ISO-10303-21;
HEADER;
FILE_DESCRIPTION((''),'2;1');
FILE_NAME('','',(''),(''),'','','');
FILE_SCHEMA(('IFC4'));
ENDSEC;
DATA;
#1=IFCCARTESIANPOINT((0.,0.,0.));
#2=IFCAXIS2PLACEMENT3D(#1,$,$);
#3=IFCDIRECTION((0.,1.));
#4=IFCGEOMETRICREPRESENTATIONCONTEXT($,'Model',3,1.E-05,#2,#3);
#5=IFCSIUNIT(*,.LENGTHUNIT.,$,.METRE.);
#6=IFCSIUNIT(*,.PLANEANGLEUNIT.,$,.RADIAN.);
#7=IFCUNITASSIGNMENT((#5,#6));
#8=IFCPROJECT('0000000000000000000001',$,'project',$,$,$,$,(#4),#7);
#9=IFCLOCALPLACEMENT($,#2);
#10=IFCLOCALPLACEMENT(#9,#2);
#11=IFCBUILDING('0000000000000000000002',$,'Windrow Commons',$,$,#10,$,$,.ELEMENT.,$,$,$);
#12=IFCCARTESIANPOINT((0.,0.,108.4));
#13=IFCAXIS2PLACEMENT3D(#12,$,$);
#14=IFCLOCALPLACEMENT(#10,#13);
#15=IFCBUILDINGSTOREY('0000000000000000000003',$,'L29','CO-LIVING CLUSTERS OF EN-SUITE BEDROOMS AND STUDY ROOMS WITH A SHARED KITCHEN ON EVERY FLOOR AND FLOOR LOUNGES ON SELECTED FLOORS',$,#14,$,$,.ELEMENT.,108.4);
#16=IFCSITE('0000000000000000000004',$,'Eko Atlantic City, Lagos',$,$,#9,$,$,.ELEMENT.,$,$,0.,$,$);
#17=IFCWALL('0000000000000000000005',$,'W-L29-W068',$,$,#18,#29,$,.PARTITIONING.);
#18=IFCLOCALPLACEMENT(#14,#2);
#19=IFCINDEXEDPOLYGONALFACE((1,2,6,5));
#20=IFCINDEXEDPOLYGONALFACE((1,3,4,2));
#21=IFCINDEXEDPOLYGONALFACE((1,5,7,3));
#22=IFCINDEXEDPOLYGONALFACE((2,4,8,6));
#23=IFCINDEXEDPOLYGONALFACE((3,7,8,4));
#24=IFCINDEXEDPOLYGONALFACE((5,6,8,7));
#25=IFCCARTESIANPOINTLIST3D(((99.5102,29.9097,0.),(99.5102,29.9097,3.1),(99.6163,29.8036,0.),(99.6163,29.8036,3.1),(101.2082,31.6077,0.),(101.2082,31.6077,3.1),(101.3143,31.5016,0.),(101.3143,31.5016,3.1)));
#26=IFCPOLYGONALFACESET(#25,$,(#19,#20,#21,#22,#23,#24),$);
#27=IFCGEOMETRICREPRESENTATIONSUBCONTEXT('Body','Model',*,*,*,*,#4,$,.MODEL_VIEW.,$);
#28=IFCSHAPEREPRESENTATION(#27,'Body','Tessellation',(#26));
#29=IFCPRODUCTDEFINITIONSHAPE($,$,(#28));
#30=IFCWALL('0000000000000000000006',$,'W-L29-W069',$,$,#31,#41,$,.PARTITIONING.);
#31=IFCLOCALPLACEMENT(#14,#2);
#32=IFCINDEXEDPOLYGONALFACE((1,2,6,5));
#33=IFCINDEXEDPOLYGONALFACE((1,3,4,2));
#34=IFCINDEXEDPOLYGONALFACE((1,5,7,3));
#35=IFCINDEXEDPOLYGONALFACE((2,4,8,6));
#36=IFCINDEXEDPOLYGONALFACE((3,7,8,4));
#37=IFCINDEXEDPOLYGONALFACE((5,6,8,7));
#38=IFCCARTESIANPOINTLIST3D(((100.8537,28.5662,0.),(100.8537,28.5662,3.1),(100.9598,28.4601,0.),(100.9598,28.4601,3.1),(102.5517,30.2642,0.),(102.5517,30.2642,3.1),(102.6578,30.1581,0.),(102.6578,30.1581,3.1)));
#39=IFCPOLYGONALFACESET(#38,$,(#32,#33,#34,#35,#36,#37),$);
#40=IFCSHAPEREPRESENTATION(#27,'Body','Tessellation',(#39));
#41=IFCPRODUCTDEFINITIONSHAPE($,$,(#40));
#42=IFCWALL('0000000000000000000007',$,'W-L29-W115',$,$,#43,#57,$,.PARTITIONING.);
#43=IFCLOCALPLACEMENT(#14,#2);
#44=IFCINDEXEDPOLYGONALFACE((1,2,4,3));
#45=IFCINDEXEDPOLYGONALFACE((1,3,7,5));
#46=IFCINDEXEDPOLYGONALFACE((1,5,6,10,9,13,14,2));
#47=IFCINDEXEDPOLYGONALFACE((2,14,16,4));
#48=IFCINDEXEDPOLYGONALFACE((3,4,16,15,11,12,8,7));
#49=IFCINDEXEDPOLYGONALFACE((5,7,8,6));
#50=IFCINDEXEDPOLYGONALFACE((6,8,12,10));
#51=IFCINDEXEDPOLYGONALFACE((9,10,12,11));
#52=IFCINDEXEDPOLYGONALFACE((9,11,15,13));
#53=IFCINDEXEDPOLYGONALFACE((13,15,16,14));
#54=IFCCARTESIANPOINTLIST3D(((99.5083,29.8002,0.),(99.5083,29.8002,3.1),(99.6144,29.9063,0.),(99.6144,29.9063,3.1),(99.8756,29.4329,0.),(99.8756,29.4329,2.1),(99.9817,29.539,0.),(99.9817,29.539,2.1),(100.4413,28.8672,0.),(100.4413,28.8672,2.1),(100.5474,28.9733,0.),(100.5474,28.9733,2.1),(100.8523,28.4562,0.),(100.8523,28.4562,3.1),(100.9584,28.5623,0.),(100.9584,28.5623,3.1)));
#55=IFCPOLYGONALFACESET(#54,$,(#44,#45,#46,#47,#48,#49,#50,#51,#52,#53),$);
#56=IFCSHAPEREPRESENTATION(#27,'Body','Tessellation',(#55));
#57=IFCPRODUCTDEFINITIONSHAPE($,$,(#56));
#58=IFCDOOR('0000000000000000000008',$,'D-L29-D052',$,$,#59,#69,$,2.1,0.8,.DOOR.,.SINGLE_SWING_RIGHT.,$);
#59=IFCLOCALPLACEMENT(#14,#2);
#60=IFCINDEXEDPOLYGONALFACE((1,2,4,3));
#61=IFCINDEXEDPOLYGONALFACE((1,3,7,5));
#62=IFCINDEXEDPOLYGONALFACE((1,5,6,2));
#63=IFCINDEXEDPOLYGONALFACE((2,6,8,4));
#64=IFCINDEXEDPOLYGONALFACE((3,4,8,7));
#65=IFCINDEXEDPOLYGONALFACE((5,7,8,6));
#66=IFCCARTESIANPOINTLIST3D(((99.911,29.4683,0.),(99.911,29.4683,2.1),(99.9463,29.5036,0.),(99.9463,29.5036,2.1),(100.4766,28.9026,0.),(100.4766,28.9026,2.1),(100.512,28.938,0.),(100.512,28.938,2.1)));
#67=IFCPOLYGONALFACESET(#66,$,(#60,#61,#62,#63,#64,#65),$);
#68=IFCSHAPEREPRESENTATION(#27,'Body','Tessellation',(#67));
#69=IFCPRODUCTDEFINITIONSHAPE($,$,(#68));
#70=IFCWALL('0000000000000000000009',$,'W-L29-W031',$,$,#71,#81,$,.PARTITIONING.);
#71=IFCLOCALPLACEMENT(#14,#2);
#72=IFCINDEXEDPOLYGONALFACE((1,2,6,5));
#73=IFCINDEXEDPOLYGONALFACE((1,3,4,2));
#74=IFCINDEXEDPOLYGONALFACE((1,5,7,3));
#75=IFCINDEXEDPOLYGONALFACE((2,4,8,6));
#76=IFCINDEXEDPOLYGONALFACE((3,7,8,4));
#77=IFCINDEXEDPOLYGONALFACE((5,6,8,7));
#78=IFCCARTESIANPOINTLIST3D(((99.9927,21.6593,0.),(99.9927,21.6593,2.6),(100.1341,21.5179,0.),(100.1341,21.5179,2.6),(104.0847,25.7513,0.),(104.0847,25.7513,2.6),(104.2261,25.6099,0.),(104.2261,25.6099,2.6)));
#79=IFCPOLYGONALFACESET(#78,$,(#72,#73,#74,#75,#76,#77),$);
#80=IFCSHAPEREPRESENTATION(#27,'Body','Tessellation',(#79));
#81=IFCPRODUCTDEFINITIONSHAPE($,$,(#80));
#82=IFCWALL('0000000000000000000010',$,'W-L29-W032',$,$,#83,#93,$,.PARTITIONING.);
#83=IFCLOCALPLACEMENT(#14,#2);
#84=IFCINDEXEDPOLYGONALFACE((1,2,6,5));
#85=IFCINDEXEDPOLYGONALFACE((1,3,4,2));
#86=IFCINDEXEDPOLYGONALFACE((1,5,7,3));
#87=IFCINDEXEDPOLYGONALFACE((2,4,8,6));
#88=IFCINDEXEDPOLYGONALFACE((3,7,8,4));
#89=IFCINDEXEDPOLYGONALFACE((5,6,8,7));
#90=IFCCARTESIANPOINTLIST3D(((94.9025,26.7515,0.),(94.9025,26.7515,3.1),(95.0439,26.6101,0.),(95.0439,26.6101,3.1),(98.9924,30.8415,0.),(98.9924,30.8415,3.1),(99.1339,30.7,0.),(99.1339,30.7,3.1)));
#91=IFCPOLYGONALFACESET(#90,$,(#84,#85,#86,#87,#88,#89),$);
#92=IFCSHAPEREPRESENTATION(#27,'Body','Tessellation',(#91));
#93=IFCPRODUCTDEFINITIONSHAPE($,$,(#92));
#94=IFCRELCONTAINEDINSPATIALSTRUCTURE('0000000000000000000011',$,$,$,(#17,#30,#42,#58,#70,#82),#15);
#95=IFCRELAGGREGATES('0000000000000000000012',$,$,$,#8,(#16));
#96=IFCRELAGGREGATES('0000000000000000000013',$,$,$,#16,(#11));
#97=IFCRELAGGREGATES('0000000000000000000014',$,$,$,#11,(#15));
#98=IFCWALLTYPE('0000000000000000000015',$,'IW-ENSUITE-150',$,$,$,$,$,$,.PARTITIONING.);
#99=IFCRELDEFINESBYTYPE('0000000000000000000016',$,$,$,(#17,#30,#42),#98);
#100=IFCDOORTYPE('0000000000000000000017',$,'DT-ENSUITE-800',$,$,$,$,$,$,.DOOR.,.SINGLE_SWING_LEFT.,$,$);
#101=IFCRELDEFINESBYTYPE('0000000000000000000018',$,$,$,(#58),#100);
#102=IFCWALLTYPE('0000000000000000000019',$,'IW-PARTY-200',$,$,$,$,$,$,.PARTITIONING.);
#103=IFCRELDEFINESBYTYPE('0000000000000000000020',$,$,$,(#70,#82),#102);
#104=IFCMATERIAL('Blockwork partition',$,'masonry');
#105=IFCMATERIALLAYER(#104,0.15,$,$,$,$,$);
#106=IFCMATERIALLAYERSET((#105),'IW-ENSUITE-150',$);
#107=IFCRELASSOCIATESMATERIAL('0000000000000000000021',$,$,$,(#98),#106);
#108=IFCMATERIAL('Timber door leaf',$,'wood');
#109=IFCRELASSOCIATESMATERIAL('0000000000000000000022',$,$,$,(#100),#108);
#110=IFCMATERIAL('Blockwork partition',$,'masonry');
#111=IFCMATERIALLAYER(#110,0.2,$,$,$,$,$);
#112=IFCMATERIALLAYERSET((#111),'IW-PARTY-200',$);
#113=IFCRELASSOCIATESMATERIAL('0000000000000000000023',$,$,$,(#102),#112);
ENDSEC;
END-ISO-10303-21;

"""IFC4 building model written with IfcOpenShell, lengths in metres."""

from ifc_helpers import new_model, si_unit, direction, frame, frame_2d, origin, place, context, subcontext, project, spatial, rectangle, extrude, material, layer, layer_set, type_object, element, fill, save


model = new_model("IFC4")

# Units and contexts
model_context = context("Model", 3, precision=1e-05, world=origin(), true_north=direction((0.0, 1.0)))
body_context = subcontext(model_context, "Body", "Model", "MODEL_VIEW")
ifc_project = project(units=[si_unit("LENGTHUNIT", "METRE"), si_unit("PLANEANGLEUNIT", "RADIAN")], contexts=[model_context])

# Site, building, storey
site_placement = place(None, origin())
site = spatial("IfcSite", under=ifc_project, at=site_placement, Name="Eko Atlantic City, Lagos", CompositionType="ELEMENT", RefElevation=0.0)
building_placement = place(site_placement, origin())
building = spatial("IfcBuilding", under=site, at=building_placement, Name="Windrow Commons", CompositionType="ELEMENT")
storey_placement = place(building_placement, frame((0.0, 0.0, 108.4)))
storey = spatial("IfcBuildingStorey", under=building, at=storey_placement, Name="L29", Description="CO-LIVING CLUSTERS OF EN-SUITE BEDROOMS AND STUDY ROOMS WITH A SHARED KITCHEN ON EVERY FLOOR AND FLOOR LOUNGES ON SELECTED FLOORS", CompositionType="ELEMENT", Elevation=108.4)

# Walls
ifc_material_1 = material(Name="Blockwork partition", Category="masonry")
ifc_layer_1 = layer(ifc_material_1, 0.15)
ifc_layer_set_1 = layer_set([ifc_layer_1], Name="IW-ENSUITE-150")
wall_type_1 = type_object("IfcWallType", Name="IW-ENSUITE-150", PredefinedType="PARTITIONING", material=ifc_layer_set_1)
for number, where, z_axis, x_axis, name in (
    (1, (99.5633, 29.8567, 0.0), (0.0, 0.0, 1.0), (0.707107, 0.707107, 0.0), "W-L29-W068"),
    (2, (100.9068, 28.5132, 0.0), (0.0, 0.0, 1.0), (0.707107, 0.707107, 0.0), "W-L29-W069"),
):
    element("IfcWall", number, at=place(storey_placement, frame(where, z_axis=z_axis, x_axis=x_axis)), inside=storey, type_object=wall_type_1, Name=name, PredefinedType="PARTITIONING", context=body_context, shape_type="SweptSolid", body=[
        extrude(rectangle(XDim=2.4013, YDim=0.15, at=frame_2d((1.2006, 0.0))), origin(), (0.0, 0.0, 1.0), 3.1),
    ])

# Wall, opening, door
wall_1_placement = place(storey_placement, frame((99.5613, 29.8533, 0.0), z_axis=(0.0, 0.0, 1.0), x_axis=(0.707107, -0.707107, 0.0)))
wall_1 = element("IfcWall", 3, at=wall_1_placement, inside=storey, type_object=wall_type_1, Name="W-L29-W115", PredefinedType="PARTITIONING", context=body_context, shape_type="SweptSolid", body=[
    extrude(rectangle(XDim=1.9007, YDim=0.15, at=frame_2d((0.9504, 0.0))), origin(), (0.0, 0.0, 1.0), 3.1),
])
opening_1_placement = place(wall_1_placement, frame((0.5195, 0.0, 0.0)))
opening_1 = element("IfcOpeningElement", 4, at=opening_1_placement, cuts=wall_1, PredefinedType="OPENING", context=body_context, shape_type="SweptSolid", body=[
    extrude(rectangle(XDim=0.8, YDim=2.1, at=frame_2d((0.4, 1.05))), frame((0.0, 0.085, 0.0), z_axis=(0.0, -1.0, 0.0), x_axis=(1.0, 0.0, 0.0)), (0.0, 0.0, 1.0), 0.17),
])
ifc_material_2 = material(Name="Timber door leaf", Category="wood")
door_type = type_object("IfcDoorType", Name="DT-ENSUITE-800", OperationType="SINGLE_SWING_LEFT", PredefinedType="DOOR", material=ifc_material_2)
door_placement = place(opening_1_placement, origin())
door = element("IfcDoor", 5, at=door_placement, inside=storey, type_object=door_type, Name="D-L29-D052", OperationType="SINGLE_SWING_RIGHT", OverallHeight=2.1, OverallWidth=0.8, PredefinedType="DOOR", context=body_context, shape_type="SweptSolid", body=[
    extrude(rectangle(XDim=0.8, YDim=2.1, at=frame_2d((0.4, 1.05))), frame((0.0, 0.025, 0.0), z_axis=(0.0, -1.0, 0.0), x_axis=(1.0, 0.0, 0.0)), (0.0, 0.0, 1.0), 0.05),
])
fill(opening_1, door)

# Walls
ifc_material_3 = material(Name="Blockwork partition", Category="masonry")
ifc_layer_2 = layer(ifc_material_3, 0.2)
ifc_layer_set_2 = layer_set([ifc_layer_2], Name="IW-PARTY-200")
wall_type_2 = type_object("IfcWallType", Name="IW-PARTY-200", PredefinedType="PARTITIONING", material=ifc_layer_set_2)
wall_2_placement = place(storey_placement, frame((100.0634, 21.5886, 0.0), z_axis=(0.0, 0.0, 1.0), x_axis=(0.707107, 0.707107, 0.0)))
element("IfcWall", 6, at=wall_2_placement, inside=storey, type_object=wall_type_2, Name="W-L29-W031", PredefinedType="PARTITIONING", context=body_context, shape_type="SweptSolid", body=[
    extrude(rectangle(XDim=5.787, YDim=0.2, at=frame_2d((2.8935, 0.0))), origin(), (0.0, 0.0, 1.0), 2.6),
])
wall_3_placement = place(storey_placement, frame((94.9732, 26.6808, 0.0), z_axis=(0.0, 0.0, 1.0), x_axis=(0.707107, 0.707107, 0.0)))
element("IfcWall", 7, at=wall_3_placement, inside=storey, type_object=wall_type_2, Name="W-L29-W032", PredefinedType="PARTITIONING", context=body_context, shape_type="SweptSolid", body=[
    extrude(rectangle(XDim=5.7841, YDim=0.2, at=frame_2d((2.892, 0.0))), origin(), (0.0, 0.0, 1.0), 3.1),
])

save(model, "model.ifc")
